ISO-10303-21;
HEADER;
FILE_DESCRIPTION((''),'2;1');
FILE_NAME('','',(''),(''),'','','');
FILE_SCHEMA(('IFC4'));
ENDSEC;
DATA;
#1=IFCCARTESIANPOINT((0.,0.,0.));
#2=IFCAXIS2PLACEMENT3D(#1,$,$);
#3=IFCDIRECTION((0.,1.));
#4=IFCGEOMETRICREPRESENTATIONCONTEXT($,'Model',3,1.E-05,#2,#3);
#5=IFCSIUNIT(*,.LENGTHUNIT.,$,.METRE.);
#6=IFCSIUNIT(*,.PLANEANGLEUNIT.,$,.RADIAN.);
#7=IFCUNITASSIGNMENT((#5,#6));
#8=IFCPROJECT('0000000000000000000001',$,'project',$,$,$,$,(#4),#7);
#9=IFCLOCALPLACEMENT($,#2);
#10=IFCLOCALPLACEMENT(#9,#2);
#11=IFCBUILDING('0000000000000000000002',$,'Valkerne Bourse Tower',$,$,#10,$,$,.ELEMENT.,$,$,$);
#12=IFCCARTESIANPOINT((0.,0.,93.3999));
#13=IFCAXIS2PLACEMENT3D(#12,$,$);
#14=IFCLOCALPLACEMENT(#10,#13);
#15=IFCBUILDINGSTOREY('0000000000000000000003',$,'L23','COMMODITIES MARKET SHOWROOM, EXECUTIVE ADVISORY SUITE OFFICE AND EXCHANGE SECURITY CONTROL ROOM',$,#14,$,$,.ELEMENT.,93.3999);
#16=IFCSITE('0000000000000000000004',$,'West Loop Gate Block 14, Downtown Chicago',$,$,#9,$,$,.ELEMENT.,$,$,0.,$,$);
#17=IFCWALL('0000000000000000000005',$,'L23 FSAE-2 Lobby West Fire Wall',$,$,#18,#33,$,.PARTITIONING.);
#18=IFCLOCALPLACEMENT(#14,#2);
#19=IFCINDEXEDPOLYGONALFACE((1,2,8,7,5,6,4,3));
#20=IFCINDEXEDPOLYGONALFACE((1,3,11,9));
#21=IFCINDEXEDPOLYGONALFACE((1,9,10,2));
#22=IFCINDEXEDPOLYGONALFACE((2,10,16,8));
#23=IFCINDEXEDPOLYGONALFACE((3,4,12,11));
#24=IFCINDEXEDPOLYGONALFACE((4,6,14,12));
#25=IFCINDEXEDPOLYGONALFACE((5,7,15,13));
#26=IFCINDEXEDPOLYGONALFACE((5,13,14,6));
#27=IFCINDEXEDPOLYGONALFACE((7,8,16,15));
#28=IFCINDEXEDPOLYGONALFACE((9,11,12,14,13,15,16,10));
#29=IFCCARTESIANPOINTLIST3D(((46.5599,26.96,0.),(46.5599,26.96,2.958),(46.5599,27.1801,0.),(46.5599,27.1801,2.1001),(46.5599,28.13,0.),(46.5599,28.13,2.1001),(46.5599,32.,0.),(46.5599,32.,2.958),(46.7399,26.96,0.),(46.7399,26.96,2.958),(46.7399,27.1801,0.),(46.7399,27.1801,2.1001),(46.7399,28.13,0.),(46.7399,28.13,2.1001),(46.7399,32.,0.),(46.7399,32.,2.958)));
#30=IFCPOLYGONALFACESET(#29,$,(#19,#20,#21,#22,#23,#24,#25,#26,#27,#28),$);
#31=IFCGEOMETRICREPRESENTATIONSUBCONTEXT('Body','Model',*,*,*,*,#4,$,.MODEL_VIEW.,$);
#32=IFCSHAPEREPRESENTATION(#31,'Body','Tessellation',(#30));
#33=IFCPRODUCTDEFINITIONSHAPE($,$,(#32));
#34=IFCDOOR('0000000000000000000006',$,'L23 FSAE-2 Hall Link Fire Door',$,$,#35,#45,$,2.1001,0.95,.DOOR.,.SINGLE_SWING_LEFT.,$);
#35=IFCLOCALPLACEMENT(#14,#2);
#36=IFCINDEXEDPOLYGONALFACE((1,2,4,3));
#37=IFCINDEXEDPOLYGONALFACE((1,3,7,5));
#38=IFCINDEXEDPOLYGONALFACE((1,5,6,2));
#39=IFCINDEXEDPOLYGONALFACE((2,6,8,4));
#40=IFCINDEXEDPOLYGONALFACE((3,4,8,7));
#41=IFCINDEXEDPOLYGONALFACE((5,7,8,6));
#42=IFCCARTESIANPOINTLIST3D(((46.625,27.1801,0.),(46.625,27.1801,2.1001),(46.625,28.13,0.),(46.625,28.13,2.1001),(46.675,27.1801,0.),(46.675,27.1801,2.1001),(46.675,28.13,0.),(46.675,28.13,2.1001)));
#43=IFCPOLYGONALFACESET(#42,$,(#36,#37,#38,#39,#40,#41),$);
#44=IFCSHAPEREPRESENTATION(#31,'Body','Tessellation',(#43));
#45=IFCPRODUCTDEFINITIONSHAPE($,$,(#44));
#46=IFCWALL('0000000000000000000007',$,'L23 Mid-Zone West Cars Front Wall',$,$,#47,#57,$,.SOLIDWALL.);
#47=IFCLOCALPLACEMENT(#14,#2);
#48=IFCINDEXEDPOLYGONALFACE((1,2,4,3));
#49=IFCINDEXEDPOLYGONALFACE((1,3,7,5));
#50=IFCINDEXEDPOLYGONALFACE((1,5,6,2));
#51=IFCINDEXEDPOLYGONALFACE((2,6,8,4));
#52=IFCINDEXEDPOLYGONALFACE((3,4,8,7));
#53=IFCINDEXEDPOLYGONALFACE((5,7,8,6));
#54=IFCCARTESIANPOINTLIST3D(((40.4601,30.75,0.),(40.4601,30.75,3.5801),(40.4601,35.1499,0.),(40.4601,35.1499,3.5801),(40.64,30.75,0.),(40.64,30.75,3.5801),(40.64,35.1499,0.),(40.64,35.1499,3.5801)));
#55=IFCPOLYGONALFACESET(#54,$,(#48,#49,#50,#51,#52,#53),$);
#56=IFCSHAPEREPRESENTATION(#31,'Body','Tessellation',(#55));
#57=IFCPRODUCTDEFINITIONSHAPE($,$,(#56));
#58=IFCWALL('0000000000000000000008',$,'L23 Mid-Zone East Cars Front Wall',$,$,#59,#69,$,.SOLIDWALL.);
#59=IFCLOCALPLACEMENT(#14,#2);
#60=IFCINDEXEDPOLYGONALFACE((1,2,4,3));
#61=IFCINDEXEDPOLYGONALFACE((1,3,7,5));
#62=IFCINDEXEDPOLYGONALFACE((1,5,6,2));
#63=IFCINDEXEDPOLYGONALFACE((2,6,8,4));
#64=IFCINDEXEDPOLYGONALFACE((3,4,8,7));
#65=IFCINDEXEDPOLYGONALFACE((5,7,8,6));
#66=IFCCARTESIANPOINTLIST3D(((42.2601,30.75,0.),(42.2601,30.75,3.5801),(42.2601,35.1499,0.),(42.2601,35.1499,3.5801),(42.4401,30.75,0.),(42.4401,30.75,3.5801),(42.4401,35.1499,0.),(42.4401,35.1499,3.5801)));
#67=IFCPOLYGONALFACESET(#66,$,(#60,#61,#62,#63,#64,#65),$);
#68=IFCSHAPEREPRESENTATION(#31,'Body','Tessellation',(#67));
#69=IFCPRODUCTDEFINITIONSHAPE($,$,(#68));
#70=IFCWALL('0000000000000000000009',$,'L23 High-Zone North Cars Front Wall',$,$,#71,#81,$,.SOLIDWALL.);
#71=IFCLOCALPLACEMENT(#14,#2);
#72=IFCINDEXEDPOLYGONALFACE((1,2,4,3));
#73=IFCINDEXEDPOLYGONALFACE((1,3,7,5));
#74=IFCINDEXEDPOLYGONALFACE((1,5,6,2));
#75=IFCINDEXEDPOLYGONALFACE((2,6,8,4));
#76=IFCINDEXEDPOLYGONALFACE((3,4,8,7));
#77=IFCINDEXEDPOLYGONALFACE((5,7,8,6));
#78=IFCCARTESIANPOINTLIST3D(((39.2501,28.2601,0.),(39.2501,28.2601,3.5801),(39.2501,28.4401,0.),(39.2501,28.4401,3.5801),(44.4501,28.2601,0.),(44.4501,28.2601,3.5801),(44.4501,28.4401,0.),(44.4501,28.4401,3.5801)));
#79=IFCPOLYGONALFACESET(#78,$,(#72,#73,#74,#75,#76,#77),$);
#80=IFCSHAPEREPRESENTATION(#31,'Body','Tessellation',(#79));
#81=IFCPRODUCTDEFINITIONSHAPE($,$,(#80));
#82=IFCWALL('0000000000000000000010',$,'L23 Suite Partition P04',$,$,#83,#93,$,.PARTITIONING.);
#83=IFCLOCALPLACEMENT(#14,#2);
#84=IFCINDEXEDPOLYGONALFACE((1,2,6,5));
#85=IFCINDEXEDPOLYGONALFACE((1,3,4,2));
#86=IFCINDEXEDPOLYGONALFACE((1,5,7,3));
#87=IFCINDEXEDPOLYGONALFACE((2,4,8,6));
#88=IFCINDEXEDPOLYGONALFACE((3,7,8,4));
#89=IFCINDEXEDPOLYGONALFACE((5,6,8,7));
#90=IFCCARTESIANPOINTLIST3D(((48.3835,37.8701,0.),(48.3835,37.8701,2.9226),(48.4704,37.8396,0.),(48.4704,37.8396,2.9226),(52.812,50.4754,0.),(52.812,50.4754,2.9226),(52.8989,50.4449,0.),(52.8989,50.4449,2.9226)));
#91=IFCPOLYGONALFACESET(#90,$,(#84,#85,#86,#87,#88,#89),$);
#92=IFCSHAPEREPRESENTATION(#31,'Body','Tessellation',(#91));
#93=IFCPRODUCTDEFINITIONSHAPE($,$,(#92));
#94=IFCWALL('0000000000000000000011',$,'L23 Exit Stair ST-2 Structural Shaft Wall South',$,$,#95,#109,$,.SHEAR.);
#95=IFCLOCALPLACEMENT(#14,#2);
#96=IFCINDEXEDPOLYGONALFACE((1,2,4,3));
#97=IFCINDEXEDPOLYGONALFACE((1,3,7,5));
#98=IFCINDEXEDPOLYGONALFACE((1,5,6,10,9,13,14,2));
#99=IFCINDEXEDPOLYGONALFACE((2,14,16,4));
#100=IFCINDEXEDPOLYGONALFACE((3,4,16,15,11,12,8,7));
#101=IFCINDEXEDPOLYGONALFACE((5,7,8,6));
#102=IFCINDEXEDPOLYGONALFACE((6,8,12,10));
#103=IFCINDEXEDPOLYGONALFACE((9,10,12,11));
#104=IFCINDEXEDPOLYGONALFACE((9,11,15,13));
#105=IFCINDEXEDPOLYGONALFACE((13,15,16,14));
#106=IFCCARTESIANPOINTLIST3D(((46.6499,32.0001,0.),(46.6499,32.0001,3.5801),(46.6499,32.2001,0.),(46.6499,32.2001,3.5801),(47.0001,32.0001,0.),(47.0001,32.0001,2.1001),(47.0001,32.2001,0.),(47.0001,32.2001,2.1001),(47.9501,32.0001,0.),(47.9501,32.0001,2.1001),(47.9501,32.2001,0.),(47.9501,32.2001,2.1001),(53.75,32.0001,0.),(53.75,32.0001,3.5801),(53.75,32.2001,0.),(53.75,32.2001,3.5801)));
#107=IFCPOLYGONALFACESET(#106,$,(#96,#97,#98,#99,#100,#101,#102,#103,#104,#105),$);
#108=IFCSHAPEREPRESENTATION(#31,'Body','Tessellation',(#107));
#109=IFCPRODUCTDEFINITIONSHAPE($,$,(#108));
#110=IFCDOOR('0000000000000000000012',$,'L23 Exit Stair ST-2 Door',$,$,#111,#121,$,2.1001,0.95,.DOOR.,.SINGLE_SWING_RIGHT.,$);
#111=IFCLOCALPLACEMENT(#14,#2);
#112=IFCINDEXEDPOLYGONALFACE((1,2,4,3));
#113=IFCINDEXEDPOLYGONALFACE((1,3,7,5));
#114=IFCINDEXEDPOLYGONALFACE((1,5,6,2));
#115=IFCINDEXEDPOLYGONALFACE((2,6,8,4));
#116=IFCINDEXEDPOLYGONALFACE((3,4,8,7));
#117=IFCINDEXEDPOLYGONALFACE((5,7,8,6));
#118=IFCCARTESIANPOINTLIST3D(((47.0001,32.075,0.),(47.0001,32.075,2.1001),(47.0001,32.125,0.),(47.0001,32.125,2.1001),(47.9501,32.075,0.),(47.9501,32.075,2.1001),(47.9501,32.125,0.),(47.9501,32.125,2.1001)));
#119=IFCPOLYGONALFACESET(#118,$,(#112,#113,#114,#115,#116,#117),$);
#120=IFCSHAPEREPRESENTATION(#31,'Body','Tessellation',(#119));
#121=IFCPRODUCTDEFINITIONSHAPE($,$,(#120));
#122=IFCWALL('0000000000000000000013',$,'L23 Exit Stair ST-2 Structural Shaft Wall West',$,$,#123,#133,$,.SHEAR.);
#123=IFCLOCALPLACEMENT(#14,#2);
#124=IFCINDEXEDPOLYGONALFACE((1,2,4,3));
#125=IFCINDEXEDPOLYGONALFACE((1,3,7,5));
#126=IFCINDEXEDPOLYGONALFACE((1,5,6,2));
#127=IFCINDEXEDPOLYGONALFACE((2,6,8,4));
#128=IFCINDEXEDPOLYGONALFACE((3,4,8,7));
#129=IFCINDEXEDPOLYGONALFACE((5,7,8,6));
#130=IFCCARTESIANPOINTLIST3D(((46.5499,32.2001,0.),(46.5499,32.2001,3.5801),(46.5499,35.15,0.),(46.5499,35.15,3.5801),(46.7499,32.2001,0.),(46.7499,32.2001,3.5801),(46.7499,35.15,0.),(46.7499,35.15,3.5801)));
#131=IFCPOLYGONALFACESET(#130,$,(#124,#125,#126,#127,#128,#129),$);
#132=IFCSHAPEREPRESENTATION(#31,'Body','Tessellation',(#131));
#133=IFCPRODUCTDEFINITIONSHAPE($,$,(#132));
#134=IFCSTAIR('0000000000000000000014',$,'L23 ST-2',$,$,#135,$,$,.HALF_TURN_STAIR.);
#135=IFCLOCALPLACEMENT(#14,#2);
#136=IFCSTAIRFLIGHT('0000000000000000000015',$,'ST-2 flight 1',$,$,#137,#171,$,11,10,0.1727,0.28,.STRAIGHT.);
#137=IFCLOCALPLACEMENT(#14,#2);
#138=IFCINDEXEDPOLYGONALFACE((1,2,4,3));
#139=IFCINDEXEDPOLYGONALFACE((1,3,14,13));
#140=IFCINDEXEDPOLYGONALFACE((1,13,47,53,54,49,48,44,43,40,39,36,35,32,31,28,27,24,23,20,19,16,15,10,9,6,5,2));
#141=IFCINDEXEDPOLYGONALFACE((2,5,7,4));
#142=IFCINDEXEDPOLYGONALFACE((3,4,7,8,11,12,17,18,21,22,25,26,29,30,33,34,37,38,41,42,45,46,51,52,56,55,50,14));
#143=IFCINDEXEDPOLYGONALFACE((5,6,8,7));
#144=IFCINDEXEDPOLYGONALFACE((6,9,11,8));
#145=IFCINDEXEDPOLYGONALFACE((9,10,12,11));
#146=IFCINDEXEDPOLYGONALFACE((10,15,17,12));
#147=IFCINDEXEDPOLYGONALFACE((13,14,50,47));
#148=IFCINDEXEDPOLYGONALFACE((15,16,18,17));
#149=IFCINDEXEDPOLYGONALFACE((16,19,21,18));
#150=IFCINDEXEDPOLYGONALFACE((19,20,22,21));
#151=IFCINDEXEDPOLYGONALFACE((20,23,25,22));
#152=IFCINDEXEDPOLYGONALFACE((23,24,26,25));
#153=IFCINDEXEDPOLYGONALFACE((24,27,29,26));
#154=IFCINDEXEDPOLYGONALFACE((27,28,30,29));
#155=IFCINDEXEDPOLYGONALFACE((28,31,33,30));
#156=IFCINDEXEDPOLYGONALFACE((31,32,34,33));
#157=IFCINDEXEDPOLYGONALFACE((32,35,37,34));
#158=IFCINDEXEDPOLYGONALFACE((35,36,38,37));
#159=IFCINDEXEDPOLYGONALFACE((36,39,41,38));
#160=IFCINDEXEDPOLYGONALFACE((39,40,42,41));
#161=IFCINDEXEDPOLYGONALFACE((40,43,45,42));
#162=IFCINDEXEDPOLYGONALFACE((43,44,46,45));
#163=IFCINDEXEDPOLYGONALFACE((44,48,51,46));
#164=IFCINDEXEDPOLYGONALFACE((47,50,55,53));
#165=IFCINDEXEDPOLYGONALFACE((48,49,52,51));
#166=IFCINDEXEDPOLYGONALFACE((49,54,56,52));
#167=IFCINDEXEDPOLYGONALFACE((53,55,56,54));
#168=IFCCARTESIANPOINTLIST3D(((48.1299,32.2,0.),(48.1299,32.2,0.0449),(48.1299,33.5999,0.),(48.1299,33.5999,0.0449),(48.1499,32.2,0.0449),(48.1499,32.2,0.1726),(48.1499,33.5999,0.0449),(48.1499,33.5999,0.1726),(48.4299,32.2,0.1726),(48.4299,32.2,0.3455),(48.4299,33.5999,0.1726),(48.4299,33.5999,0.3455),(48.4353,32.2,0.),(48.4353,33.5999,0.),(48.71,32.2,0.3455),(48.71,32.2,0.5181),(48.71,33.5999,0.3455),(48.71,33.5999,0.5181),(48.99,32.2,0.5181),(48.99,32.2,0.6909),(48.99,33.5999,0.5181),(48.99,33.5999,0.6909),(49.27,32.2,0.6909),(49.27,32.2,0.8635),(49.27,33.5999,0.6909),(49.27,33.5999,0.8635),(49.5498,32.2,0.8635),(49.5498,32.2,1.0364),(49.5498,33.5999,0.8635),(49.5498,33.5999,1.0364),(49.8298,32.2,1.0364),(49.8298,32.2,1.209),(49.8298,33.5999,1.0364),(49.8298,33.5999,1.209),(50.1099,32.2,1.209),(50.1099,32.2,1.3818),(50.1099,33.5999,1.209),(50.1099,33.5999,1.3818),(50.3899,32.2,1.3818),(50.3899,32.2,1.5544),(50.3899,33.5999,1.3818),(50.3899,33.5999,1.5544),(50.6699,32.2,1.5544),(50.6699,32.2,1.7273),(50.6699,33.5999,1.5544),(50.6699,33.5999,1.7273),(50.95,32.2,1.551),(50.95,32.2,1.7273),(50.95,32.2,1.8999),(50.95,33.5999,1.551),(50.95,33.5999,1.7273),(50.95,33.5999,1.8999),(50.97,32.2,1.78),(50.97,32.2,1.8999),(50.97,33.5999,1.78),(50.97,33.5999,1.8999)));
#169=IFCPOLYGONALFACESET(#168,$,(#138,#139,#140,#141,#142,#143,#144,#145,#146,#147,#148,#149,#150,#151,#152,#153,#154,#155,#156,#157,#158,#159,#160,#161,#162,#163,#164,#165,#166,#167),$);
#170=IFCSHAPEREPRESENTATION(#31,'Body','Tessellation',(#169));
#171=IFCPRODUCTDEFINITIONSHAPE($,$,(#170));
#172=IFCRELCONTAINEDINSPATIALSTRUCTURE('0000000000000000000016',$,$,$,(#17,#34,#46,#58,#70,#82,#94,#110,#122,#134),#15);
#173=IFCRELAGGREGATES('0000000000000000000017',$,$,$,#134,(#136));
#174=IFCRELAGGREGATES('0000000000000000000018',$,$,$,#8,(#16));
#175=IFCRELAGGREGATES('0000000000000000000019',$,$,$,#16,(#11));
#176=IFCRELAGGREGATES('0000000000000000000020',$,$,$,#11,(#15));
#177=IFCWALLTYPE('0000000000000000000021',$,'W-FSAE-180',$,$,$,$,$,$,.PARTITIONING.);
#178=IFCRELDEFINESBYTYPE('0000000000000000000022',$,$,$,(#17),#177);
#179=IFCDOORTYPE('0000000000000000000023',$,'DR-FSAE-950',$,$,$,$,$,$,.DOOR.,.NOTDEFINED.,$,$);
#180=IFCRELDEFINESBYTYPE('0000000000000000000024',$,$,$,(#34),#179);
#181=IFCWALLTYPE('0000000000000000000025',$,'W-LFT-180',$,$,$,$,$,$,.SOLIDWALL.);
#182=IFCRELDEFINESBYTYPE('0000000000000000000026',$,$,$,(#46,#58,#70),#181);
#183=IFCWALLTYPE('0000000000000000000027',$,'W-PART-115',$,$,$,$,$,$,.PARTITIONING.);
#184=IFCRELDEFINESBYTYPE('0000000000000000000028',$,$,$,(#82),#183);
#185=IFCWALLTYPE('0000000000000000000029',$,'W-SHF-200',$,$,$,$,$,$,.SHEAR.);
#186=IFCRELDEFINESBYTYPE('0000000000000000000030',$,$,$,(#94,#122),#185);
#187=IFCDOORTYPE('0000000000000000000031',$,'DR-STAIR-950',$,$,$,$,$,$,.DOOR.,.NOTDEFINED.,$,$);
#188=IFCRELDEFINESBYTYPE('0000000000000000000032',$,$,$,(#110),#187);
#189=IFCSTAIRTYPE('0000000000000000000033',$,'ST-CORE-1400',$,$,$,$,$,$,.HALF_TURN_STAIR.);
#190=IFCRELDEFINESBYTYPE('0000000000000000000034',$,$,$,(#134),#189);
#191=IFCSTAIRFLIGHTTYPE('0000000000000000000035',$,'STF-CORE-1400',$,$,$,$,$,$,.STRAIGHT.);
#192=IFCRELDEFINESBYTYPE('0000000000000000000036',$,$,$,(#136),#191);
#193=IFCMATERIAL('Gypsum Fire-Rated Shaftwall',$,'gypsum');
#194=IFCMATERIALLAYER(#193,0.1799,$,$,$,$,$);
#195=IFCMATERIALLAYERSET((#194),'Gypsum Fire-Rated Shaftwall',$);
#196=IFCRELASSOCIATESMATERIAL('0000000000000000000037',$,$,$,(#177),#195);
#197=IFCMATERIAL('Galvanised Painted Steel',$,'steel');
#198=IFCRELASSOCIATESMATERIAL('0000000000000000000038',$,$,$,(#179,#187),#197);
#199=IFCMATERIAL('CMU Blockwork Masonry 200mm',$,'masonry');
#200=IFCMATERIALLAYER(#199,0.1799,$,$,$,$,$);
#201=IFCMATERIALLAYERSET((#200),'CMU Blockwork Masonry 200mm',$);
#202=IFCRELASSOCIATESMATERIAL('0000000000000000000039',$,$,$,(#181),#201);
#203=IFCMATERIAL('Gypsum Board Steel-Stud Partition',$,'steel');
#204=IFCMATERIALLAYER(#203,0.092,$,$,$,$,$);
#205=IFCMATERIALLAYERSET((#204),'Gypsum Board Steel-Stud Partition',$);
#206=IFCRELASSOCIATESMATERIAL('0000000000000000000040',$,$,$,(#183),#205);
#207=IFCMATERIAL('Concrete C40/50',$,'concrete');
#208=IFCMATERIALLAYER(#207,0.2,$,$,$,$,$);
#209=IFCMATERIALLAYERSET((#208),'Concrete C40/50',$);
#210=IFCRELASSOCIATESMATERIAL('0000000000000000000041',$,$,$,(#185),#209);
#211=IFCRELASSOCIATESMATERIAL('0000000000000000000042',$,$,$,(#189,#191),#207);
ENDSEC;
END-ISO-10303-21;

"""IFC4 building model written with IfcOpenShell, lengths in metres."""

from ifc_helpers import new_model, si_unit, direction, frame, frame_2d, origin, place, context, subcontext, project, spatial, polyline, rectangle, outline, extrude, material, layer, layer_set, type_object, element, fill, aggregate, save


model = new_model("IFC4")

# Units and contexts
model_context = context("Model", 3, precision=1e-05, world=origin(), true_north=direction((0.0, 1.0)))
body_context = subcontext(model_context, "Body", "Model", "MODEL_VIEW")
ifc_project = project(units=[si_unit("LENGTHUNIT", "METRE"), si_unit("PLANEANGLEUNIT", "RADIAN")], contexts=[model_context])

# Site, building, storey
site_placement = place(None, origin())
site = spatial("IfcSite", under=ifc_project, at=site_placement, Name="West Loop Gate Block 14, Downtown Chicago", CompositionType="ELEMENT", RefElevation=0.0)
building_placement = place(site_placement, origin())
building = spatial("IfcBuilding", under=site, at=building_placement, Name="Valkerne Bourse Tower", CompositionType="ELEMENT")
storey_placement = place(building_placement, frame((0.0, 0.0, 93.3999)))
storey = spatial("IfcBuildingStorey", under=building, at=storey_placement, Name="L23", Description="COMMODITIES MARKET SHOWROOM, EXECUTIVE ADVISORY SUITE OFFICE AND EXCHANGE SECURITY CONTROL ROOM", CompositionType="ELEMENT", Elevation=93.3999)

# Shared definitions
ifc_material_1 = material(Name="Gypsum Fire-Rated Shaftwall", Category="gypsum")
ifc_layer_1 = layer(ifc_material_1, 0.1799)
ifc_layer_set_1 = layer_set([ifc_layer_1], Name="Gypsum Fire-Rated Shaftwall")
wall_type_1 = type_object("IfcWallType", Name="W-FSAE-180", PredefinedType="PARTITIONING", material=ifc_layer_set_1)

# Wall, opening, door
wall_1_placement = place(storey_placement, frame((46.6499, 26.96, 0.0), z_axis=(0.0, 0.0, 1.0), x_axis=(0.0, 1.0, 0.0)))
wall_1 = element("IfcWall", 1, at=wall_1_placement, inside=storey, type_object=wall_type_1, Name="L23 FSAE-2 Lobby West Fire Wall", PredefinedType="PARTITIONING", context=body_context, shape_type="SweptSolid", body=[
    extrude(rectangle(XDim=5.04, YDim=0.1799, at=frame_2d((2.52, 0.0))), origin(), (0.0, 0.0, 1.0), 2.958),
])
opening_1_placement = place(wall_1_placement, frame((0.22, 0.0, 0.0)))
opening_1 = element("IfcOpeningElement", 2, at=opening_1_placement, cuts=wall_1, PredefinedType="OPENING", context=body_context, shape_type="SweptSolid", body=[
    extrude(rectangle(XDim=0.95, YDim=2.1001, at=frame_2d((0.4751, 1.05))), frame((0.0, 0.0999, 0.0), z_axis=(0.0, -1.0, 0.0), x_axis=(1.0, 0.0, 0.0)), (0.0, 0.0, 1.0), 0.2),
])
ifc_material_2 = material(Name="Galvanised Painted Steel", Category="steel")
door_type_1 = type_object("IfcDoorType", Name="DR-FSAE-950", OperationType="NOTDEFINED", PredefinedType="DOOR", material=ifc_material_2)
door_1_placement = place(opening_1_placement, origin())
door_1 = element("IfcDoor", 3, at=door_1_placement, inside=storey, type_object=door_type_1, Name="L23 FSAE-2 Hall Link Fire Door", OperationType="SINGLE_SWING_LEFT", OverallHeight=2.1001, OverallWidth=0.95, PredefinedType="DOOR", context=body_context, shape_type="SweptSolid", body=[
    extrude(rectangle(XDim=0.95, YDim=2.1001, at=frame_2d((0.4751, 1.05))), frame((0.0, 0.0249, 0.0), z_axis=(0.0, -1.0, 0.0), x_axis=(1.0, 0.0, 0.0)), (0.0, 0.0, 1.0), 0.05),
])
fill(opening_1, door_1)

# Walls
ifc_material_3 = material(Name="CMU Blockwork Masonry 200mm", Category="masonry")
ifc_layer_2 = layer(ifc_material_3, 0.1799)
ifc_layer_set_2 = layer_set([ifc_layer_2], Name="CMU Blockwork Masonry 200mm")
wall_type_2 = type_object("IfcWallType", Name="W-LFT-180", PredefinedType="SOLIDWALL", material=ifc_layer_set_2)
for number, where, z_axis, x_axis, name in (
    (4, (40.55, 30.75, 0.0), (0.0, 0.0, 1.0), (0.0, 1.0, 0.0), "L23 Mid-Zone West Cars Front Wall"),
    (5, (42.3501, 30.75, 0.0), (0.0, 0.0, 1.0), (0.0, 1.0, 0.0), "L23 Mid-Zone East Cars Front Wall"),
):
    element("IfcWall", number, at=place(storey_placement, frame(where, z_axis=z_axis, x_axis=x_axis)), inside=storey, type_object=wall_type_2, Name=name, PredefinedType="SOLIDWALL", context=body_context, shape_type="SweptSolid", body=[
        extrude(rectangle(XDim=4.3999, YDim=0.1799, at=frame_2d((2.2, 0.0))), origin(), (0.0, 0.0, 1.0), 3.5801),
    ])
wall_2_placement = place(storey_placement, frame((39.25, 28.3501, 0.0), z_axis=(0.0, 0.0, 1.0), x_axis=(1.0, 0.0, 0.0)))
element("IfcWall", 6, at=wall_2_placement, inside=storey, type_object=wall_type_2, Name="L23 High-Zone North Cars Front Wall", PredefinedType="SOLIDWALL", context=body_context, shape_type="SweptSolid", body=[
    extrude(rectangle(XDim=5.2, YDim=0.1799, at=frame_2d((2.6001, 0.0))), origin(), (0.0, 0.0, 1.0), 3.5801),
])
ifc_material_4 = material(Name="Gypsum Board Steel-Stud Partition", Category="steel")
ifc_layer_3 = layer(ifc_material_4, 0.092)
ifc_layer_set_3 = layer_set([ifc_layer_3], Name="Gypsum Board Steel-Stud Partition")
wall_type_3 = type_object("IfcWallType", Name="W-PART-115", PredefinedType="PARTITIONING", material=ifc_layer_set_3)
wall_3_placement = place(storey_placement, frame((48.427, 37.855, 0.0), z_axis=(0.0, 0.0, 1.0), x_axis=(0.33146, 0.943469, 0.0)))
element("IfcWall", 7, at=wall_3_placement, inside=storey, type_object=wall_type_3, Name="L23 Suite Partition P04", PredefinedType="PARTITIONING", context=body_context, shape_type="SweptSolid", body=[
    extrude(rectangle(XDim=13.3606, YDim=0.092, at=frame_2d((6.6802, 0.0))), origin(), (0.0, 0.0, 1.0), 2.9226),
])

# Wall, opening, door
ifc_material_5 = material(Name="Concrete C40/50", Category="concrete")
ifc_layer_4 = layer(ifc_material_5, 0.2)
ifc_layer_set_4 = layer_set([ifc_layer_4], Name="Concrete C40/50")
wall_type_4 = type_object("IfcWallType", Name="W-SHF-200", PredefinedType="SHEAR", material=ifc_layer_set_4)
wall_4_placement = place(storey_placement, frame((46.6499, 32.1001, 0.0), z_axis=(0.0, 0.0, 1.0), x_axis=(1.0, 0.0, 0.0)))
wall_4 = element("IfcWall", 8, at=wall_4_placement, inside=storey, type_object=wall_type_4, Name="L23 Exit Stair ST-2 Structural Shaft Wall South", PredefinedType="SHEAR", context=body_context, shape_type="SweptSolid", body=[
    extrude(rectangle(XDim=7.1001, YDim=0.2, at=frame_2d((3.55, 0.0))), origin(), (0.0, 0.0, 1.0), 3.5801),
])
opening_2_placement = place(wall_4_placement, frame((0.3501, 0.0, 0.0)))
opening_2 = element("IfcOpeningElement", 9, at=opening_2_placement, cuts=wall_4, PredefinedType="OPENING", context=body_context, shape_type="SweptSolid", body=[
    extrude(rectangle(XDim=0.95, YDim=2.1001, at=frame_2d((0.4751, 1.05))), frame((0.0, 0.1099, 0.0), z_axis=(0.0, -1.0, 0.0), x_axis=(1.0, 0.0, 0.0)), (0.0, 0.0, 1.0), 0.22),
])
door_type_2 = type_object("IfcDoorType", Name="DR-STAIR-950", OperationType="NOTDEFINED", PredefinedType="DOOR", material=ifc_material_2)
door_2_placement = place(opening_2_placement, origin())
door_2 = element("IfcDoor", 10, at=door_2_placement, inside=storey, type_object=door_type_2, Name="L23 Exit Stair ST-2 Door", OperationType="SINGLE_SWING_RIGHT", OverallHeight=2.1001, OverallWidth=0.95, PredefinedType="DOOR", context=body_context, shape_type="SweptSolid", body=[
    extrude(rectangle(XDim=0.95, YDim=2.1001, at=frame_2d((0.4751, 1.05))), frame((0.0, 0.0249, 0.0), z_axis=(0.0, -1.0, 0.0), x_axis=(1.0, 0.0, 0.0)), (0.0, 0.0, 1.0), 0.05),
])
fill(opening_2, door_2)

# Wall
wall_5_placement = place(storey_placement, frame((46.6499, 32.2, 0.0), z_axis=(0.0, 0.0, 1.0), x_axis=(0.0, 1.0, 0.0)))
element("IfcWall", 11, at=wall_5_placement, inside=storey, type_object=wall_type_4, Name="L23 Exit Stair ST-2 Structural Shaft Wall West", PredefinedType="SHEAR", context=body_context, shape_type="SweptSolid", body=[
    extrude(rectangle(XDim=2.95, YDim=0.2, at=frame_2d((1.4751, 0.0))), origin(), (0.0, 0.0, 1.0), 3.5801),
])

# Stair, stair flight
stair_type = type_object("IfcStairType", Name="ST-CORE-1400", PredefinedType="HALF_TURN_STAIR", material=ifc_material_5)
stair_placement = place(storey_placement, origin())
stair = element("IfcStair", 12, at=stair_placement, inside=storey, type_object=stair_type, Name="L23 ST-2", PredefinedType="HALF_TURN_STAIR")
stair_flight_type = type_object("IfcStairFlightType", Name="STF-CORE-1400", PredefinedType="STRAIGHT", material=ifc_material_5)
stair_flight_placement = place(storey_placement, frame((48.1499, 32.8999, 0.0), z_axis=(0.0, 0.0, 1.0), x_axis=(1.0, 0.0, 0.0)))
stair_flight = element("IfcStairFlight", 13, at=stair_flight_placement, type_object=stair_flight_type, Name="ST-2 flight 1", NumberOfRisers=11, NumberOfTreads=10, PredefinedType="STRAIGHT", RiserHeight=0.1727, TreadLength=0.28, context=body_context, shape_type="SweptSolid", body=[
    extrude(outline(polyline([(-0.02, 0.0), (-0.02, 0.0449), (0.0, 0.0449), (0.0, 0.1726), (0.28, 0.1726), (0.28, 0.3455), (0.5601, 0.3455), (0.5601, 0.5181), (0.8401, 0.5181), (0.8401, 0.6909), (1.1201, 0.6909), (1.1201, 0.8635), (1.3999, 0.8635), (1.3999, 1.0364), (1.6799, 1.0364), (1.6799, 1.209), (1.96, 1.209), (1.96, 1.3818), (2.24, 1.3818), (2.24, 1.5544), (2.52, 1.5544), (2.52, 1.7273), (2.8, 1.7273), (2.8, 1.8999), (2.8201, 1.8999), (2.8201, 1.78), (2.8, 1.551), (0.2854, 0.0), (-0.02, 0.0)])), frame((0.0, 0.7, 0.0), z_axis=(0.0, -1.0, 0.0), x_axis=(1.0, 0.0, 0.0)), (0.0, 0.0, 1.0), 1.3999),
])
aggregate(stair, [stair_flight])

save(model, "model.ifc")
